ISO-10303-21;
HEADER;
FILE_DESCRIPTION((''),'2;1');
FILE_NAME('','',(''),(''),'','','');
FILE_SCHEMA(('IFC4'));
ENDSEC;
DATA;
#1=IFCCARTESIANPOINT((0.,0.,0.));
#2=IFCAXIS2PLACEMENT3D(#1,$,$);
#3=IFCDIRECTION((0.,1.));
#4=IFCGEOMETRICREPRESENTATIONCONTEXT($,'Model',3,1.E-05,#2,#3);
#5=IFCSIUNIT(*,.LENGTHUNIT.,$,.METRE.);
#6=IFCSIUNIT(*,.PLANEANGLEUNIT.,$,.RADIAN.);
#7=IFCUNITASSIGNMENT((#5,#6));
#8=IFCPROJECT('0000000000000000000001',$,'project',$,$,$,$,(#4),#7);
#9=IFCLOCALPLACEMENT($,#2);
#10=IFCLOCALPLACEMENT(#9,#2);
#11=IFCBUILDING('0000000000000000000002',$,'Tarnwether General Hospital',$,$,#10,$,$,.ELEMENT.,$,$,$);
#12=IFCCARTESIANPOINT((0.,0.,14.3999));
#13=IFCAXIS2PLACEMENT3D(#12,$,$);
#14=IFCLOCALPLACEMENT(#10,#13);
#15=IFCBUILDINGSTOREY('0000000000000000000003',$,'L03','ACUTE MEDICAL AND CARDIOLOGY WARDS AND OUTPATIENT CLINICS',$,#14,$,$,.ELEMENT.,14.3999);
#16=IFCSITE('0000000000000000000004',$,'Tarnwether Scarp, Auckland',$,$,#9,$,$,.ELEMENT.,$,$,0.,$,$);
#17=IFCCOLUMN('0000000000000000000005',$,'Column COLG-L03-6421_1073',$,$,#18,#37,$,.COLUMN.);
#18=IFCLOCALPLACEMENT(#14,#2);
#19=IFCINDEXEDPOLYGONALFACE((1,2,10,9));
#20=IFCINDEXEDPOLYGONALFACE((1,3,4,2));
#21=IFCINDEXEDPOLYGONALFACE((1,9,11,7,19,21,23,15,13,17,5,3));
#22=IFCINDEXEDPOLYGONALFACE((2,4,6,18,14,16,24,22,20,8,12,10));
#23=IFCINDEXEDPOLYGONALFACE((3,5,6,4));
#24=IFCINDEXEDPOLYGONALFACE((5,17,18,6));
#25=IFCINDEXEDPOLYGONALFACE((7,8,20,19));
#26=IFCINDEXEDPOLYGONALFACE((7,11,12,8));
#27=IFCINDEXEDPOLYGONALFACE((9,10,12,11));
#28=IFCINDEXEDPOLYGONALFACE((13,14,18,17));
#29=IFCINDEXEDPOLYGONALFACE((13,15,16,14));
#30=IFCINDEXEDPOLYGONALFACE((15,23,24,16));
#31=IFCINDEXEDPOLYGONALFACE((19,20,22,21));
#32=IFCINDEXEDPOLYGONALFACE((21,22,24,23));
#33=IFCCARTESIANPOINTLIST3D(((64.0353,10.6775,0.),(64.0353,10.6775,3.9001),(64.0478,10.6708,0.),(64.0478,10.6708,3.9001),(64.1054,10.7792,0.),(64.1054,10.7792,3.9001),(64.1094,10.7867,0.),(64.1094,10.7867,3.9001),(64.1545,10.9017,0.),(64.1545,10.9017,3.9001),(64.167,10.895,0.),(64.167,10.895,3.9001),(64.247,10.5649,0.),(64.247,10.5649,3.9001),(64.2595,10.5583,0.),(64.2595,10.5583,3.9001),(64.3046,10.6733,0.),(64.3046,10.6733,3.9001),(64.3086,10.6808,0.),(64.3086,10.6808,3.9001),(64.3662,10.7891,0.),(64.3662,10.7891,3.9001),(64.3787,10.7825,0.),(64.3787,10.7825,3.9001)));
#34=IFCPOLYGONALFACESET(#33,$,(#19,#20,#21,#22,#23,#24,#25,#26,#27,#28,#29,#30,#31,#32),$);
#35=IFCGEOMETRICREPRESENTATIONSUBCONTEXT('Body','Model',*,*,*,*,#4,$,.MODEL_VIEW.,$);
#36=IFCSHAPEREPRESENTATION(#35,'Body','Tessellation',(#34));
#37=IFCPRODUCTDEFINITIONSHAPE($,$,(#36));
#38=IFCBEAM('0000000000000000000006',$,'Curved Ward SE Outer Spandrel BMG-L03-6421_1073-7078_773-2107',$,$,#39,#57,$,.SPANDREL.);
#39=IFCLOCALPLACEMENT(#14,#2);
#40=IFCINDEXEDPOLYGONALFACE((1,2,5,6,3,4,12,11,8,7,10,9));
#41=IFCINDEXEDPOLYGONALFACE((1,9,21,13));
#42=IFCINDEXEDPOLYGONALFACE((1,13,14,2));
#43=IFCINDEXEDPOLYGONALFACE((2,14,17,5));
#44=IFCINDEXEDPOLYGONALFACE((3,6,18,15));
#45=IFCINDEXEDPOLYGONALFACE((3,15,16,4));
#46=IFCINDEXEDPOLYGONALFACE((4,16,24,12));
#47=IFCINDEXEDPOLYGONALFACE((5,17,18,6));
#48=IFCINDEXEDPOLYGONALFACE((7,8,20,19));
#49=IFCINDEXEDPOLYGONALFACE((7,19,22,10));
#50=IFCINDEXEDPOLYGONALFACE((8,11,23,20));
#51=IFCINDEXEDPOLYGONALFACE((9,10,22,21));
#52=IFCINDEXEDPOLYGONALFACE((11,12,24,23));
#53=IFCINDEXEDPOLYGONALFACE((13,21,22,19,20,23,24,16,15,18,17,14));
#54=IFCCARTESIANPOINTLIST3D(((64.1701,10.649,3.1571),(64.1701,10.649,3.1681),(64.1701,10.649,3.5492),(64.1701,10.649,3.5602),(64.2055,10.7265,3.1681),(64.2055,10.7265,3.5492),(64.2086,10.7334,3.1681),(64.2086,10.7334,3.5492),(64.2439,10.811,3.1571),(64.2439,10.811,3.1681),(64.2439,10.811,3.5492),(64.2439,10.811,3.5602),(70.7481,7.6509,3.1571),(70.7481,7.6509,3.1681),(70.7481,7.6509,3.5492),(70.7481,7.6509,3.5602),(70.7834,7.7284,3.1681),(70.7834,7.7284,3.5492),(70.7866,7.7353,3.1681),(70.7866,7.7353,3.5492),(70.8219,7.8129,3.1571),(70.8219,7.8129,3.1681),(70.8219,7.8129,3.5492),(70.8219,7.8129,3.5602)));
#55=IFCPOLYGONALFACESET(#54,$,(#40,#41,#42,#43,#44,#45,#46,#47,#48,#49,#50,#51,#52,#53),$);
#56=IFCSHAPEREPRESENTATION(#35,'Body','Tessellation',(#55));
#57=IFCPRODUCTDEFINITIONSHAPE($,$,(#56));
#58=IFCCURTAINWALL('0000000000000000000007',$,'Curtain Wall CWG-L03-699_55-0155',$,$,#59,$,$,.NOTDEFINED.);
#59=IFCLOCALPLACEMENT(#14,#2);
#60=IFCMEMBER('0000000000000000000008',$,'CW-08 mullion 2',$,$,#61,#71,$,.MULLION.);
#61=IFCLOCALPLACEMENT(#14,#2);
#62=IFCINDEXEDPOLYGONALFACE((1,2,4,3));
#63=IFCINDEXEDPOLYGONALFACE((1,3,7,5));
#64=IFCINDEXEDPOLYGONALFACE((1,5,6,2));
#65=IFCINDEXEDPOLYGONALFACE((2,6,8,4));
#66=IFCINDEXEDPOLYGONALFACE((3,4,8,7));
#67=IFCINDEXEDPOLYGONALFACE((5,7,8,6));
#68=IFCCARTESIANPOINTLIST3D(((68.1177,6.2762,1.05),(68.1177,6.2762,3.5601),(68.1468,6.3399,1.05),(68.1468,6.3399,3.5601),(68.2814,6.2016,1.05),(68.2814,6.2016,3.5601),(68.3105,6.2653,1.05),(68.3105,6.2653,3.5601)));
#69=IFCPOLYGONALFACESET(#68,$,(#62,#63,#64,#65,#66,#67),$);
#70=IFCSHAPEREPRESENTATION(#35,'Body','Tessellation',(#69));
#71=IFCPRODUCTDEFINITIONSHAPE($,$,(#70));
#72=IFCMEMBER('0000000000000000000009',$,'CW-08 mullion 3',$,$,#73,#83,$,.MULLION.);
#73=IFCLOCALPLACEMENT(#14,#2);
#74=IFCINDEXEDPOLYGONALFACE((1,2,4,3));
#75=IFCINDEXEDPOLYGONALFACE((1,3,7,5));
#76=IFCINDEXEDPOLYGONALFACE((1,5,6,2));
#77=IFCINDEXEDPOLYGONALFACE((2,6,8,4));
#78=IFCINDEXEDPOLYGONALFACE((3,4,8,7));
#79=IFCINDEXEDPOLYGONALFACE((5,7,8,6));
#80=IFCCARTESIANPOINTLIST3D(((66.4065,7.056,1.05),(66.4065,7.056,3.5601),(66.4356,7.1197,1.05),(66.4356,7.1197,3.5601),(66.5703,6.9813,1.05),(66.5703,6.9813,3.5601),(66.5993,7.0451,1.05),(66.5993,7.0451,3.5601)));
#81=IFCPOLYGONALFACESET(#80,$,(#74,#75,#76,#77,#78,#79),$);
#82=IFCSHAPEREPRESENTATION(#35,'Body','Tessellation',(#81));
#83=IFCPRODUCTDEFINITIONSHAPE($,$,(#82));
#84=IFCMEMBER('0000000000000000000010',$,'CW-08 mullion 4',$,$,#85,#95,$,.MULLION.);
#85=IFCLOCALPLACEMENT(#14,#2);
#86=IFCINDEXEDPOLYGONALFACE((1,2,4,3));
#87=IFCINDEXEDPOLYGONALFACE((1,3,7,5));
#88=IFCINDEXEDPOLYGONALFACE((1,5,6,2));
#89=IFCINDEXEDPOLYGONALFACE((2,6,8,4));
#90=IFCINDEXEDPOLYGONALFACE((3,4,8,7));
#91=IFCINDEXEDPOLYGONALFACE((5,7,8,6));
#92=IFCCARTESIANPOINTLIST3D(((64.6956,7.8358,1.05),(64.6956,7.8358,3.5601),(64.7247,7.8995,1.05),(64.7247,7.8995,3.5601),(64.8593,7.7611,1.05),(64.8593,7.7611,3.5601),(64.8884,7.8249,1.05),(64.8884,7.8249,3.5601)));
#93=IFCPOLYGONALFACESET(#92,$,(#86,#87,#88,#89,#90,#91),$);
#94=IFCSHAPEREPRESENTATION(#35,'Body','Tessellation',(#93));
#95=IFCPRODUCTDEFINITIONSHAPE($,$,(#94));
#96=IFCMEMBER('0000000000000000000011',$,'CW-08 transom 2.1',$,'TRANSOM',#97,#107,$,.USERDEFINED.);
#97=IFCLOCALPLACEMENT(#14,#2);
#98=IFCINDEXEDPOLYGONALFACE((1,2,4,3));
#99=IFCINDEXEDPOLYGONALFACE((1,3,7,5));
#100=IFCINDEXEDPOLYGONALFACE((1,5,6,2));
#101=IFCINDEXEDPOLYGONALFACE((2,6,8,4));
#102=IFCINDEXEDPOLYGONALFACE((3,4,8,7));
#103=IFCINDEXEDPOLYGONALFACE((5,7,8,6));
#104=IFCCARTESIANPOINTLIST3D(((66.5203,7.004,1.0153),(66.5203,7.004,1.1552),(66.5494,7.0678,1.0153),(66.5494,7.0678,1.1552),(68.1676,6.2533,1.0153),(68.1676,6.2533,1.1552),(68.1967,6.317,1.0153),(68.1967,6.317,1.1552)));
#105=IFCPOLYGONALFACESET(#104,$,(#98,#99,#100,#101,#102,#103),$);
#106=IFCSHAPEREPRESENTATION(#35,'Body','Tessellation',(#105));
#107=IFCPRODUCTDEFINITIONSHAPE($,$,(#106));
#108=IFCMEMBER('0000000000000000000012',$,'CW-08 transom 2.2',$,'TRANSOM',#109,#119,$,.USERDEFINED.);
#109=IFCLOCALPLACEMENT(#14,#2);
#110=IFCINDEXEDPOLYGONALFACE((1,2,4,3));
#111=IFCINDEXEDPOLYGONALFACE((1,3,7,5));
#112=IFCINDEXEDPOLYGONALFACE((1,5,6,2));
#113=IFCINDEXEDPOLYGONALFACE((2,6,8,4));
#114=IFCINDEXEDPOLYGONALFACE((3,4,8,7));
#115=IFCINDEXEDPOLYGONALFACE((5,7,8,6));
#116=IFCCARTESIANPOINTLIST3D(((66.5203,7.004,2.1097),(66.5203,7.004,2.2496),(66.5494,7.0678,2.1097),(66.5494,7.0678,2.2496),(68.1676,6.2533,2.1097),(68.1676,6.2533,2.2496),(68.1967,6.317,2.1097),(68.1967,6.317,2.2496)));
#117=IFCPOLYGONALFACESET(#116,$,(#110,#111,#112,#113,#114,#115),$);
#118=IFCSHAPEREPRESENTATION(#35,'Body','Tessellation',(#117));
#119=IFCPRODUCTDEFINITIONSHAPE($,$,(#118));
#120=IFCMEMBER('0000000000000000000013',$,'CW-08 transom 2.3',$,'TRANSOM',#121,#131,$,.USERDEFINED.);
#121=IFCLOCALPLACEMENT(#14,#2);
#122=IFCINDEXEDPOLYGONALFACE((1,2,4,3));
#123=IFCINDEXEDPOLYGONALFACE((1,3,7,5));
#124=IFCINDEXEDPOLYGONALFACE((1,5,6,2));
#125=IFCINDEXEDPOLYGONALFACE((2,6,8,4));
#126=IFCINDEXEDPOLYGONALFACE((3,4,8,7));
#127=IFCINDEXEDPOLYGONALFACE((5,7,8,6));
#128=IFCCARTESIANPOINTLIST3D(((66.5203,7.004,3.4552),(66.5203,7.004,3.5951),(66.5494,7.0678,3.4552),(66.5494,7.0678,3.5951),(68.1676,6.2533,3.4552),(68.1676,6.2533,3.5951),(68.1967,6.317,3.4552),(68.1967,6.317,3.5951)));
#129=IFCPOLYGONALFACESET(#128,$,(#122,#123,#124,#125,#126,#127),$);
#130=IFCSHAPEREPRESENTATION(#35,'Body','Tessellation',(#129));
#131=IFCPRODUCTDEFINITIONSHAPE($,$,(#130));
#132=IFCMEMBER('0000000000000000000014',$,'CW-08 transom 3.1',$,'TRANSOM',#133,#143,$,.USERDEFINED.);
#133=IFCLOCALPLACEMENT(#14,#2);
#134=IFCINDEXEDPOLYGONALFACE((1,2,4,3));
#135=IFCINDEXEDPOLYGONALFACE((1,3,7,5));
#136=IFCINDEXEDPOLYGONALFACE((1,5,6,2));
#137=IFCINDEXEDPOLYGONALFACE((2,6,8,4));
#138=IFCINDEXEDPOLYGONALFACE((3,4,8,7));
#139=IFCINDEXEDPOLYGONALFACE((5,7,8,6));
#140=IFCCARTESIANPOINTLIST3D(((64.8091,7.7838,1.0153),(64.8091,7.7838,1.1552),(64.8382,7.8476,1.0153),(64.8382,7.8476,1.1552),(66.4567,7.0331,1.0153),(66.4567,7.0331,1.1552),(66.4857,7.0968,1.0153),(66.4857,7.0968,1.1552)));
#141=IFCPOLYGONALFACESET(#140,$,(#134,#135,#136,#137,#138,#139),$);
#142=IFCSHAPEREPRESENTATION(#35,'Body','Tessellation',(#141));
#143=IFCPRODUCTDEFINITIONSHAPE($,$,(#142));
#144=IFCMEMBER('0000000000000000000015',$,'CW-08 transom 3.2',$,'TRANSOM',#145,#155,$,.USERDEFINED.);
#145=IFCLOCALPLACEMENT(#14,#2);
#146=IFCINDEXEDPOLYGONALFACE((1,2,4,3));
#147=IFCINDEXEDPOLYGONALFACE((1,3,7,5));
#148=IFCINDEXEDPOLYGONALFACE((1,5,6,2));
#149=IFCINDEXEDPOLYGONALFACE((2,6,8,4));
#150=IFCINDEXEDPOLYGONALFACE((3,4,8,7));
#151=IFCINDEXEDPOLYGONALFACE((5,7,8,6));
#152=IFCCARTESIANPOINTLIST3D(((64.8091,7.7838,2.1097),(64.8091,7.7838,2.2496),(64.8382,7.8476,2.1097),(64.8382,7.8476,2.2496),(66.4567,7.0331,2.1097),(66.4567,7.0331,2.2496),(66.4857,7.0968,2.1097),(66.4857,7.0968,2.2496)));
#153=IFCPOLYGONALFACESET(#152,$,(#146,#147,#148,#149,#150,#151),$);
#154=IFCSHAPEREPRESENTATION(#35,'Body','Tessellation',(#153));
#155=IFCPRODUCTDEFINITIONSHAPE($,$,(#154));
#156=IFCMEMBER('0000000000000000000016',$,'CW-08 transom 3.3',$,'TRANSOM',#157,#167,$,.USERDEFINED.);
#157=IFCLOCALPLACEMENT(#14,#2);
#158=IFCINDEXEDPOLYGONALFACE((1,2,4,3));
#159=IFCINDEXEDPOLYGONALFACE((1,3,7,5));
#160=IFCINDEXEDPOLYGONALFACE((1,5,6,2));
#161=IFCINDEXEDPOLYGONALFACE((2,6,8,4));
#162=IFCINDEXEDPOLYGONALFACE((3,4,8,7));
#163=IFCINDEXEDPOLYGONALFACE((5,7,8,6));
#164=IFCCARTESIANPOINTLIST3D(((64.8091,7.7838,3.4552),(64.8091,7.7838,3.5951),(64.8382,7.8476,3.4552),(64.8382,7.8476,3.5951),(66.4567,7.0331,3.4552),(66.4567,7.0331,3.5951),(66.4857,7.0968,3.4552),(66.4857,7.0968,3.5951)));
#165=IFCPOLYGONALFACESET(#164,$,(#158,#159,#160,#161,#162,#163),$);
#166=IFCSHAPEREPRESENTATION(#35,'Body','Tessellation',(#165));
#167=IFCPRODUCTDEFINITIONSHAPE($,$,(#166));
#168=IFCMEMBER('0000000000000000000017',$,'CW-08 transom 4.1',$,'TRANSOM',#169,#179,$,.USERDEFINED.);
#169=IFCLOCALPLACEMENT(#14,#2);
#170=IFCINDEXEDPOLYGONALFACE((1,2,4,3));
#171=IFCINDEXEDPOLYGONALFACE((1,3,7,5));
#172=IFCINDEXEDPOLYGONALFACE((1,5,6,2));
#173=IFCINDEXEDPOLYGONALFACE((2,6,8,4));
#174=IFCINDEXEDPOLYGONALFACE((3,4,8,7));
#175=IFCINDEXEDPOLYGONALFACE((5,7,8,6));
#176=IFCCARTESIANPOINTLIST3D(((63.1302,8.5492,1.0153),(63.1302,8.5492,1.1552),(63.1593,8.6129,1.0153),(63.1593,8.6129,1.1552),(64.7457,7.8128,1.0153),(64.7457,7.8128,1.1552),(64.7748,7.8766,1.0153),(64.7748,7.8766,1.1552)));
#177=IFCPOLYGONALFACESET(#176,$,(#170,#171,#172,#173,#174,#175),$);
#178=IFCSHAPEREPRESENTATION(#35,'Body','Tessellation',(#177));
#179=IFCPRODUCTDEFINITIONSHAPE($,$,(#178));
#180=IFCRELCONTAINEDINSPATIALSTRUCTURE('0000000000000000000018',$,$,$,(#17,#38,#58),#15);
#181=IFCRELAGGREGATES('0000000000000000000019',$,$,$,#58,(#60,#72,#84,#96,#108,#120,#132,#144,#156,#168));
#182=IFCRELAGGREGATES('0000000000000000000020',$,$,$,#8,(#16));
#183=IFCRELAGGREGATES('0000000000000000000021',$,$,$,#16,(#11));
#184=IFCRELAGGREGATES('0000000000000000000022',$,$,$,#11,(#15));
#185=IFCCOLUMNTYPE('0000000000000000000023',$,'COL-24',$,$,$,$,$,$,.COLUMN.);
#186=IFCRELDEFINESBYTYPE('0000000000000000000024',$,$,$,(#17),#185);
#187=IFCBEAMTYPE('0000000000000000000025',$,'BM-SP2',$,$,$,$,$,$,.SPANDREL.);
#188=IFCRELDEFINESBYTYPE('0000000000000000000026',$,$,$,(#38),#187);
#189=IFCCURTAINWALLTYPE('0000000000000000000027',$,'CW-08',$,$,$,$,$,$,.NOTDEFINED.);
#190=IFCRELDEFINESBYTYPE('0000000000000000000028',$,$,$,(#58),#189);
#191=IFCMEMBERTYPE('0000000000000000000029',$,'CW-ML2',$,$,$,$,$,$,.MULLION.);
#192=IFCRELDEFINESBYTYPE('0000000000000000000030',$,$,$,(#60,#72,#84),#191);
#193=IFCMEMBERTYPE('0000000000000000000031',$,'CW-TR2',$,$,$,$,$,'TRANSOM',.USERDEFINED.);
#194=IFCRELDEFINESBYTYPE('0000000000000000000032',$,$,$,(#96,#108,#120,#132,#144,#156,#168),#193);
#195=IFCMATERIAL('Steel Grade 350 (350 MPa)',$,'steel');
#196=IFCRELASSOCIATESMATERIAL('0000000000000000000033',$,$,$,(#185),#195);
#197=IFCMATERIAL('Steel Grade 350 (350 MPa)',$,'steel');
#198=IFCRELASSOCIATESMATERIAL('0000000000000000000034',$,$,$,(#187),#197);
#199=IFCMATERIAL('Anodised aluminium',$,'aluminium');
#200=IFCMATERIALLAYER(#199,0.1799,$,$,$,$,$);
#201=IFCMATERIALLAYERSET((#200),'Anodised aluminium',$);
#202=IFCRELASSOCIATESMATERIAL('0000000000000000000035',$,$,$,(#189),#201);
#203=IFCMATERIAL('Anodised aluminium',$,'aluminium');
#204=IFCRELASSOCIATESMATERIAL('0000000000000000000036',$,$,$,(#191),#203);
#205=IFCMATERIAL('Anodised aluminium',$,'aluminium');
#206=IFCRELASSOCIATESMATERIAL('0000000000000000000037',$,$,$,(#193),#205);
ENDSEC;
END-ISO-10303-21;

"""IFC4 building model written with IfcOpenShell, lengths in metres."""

from ifc_helpers import new_model, si_unit, direction, frame, origin, origin_2d, place, context, subcontext, project, spatial, rectangle, i_section, extrude, material, layer, layer_set, material_profile, profile_set, type_object, element, aggregate, save


model = new_model("IFC4")

# Units and contexts
model_context = context("Model", 3, precision=1e-05, world=origin(), true_north=direction((0.0, 1.0)))
body_context = subcontext(model_context, "Body", "Model", "MODEL_VIEW")
ifc_project = project(units=[si_unit("LENGTHUNIT", "METRE"), si_unit("PLANEANGLEUNIT", "RADIAN")], contexts=[model_context])

# Site, building, storey
site_placement = place(None, origin())
site = spatial("IfcSite", under=ifc_project, at=site_placement, Name="Tarnwether Scarp, Auckland", CompositionType="ELEMENT", RefElevation=0.0)
building_placement = place(site_placement, origin())
building = spatial("IfcBuilding", under=site, at=building_placement, Name="Tarnwether General Hospital", CompositionType="ELEMENT")
storey_placement = place(building_placement, frame((0.0, 0.0, 14.3999)))
storey = spatial("IfcBuildingStorey", under=building, at=storey_placement, Name="L03", Description="ACUTE MEDICAL AND CARDIOLOGY WARDS AND OUTPATIENT CLINICS", CompositionType="ELEMENT", Elevation=14.3999)

# Column
ifc_material_1 = material(Name="Steel Grade 350 (350 MPa)", Category="steel")
ifc_material_profile_1 = material_profile(ifc_material_1, i_section(OverallWidth=0.2539, OverallDepth=0.2539, WebThickness=0.0085, FlangeThickness=0.0142, at=origin_2d()), Name="250UC72.9")
ifc_profile_set_1 = profile_set([ifc_material_profile_1], Name="Steel Grade 350 (350 MPa)")
column_type = type_object("IfcColumnType", Name="COL-24", PredefinedType="COLUMN", material=ifc_profile_set_1)
column_placement = place(storey_placement, frame((64.207, 10.73, 0.0), z_axis=(0.0, 0.0, 1.0), x_axis=(0.469472, 0.882948, 0.0)))
element("IfcColumn", 1, at=column_placement, inside=storey, type_object=column_type, Name="Column COLG-L03-6421_1073", PredefinedType="COLUMN", context=body_context, shape_type="SweptSolid", body=[
    extrude(i_section(OverallWidth=0.2539, OverallDepth=0.2539, WebThickness=0.0085, FlangeThickness=0.0142, at=origin_2d()), origin(), (0.0, 0.0, 1.0), 3.9001),
])

# Beam
ifc_material_2 = material(Name="Steel Grade 350 (350 MPa)", Category="steel")
ifc_material_profile_2 = material_profile(ifc_material_2, i_section(OverallWidth=0.178, OverallDepth=0.4031, WebThickness=0.0076, FlangeThickness=0.011, at=origin_2d()), Name="410UB53.7")
ifc_profile_set_2 = profile_set([ifc_material_profile_2], Name="Steel Grade 350 (350 MPa)")
beam_type = type_object("IfcBeamType", Name="BM-SP2", PredefinedType="SPANDREL", material=ifc_profile_set_2)
beam_placement = place(storey_placement, frame((64.207, 10.73, 3.3586), z_axis=(0.909944, -0.414731, 0.0), x_axis=(0.414731, 0.909944, 0.0)))
element("IfcBeam", 2, at=beam_placement, inside=storey, type_object=beam_type, Name="Curved Ward SE Outer Spandrel BMG-L03-6421_1073-7078_773-2107", PredefinedType="SPANDREL", context=body_context, shape_type="SweptSolid", body=[
    extrude(i_section(OverallWidth=0.178, OverallDepth=0.4031, WebThickness=0.0076, FlangeThickness=0.011, at=origin_2d()), origin(), (0.0, 0.0, 1.0), 7.229),
])

# Curtain wall, members
ifc_material_3 = material(Name="Anodised aluminium", Category="aluminium")
ifc_layer_1 = layer(ifc_material_3, 0.1799)
ifc_layer_set_1 = layer_set([ifc_layer_1], Name="Anodised aluminium")
curtain_wall_type = type_object("IfcCurtainWallType", Name="CW-08", PredefinedType="NOTDEFINED", material=ifc_layer_set_1)
curtain_wall_placement = place(storey_placement, origin())
curtain_wall = element("IfcCurtainWall", 3, at=curtain_wall_placement, inside=storey, type_object=curtain_wall_type, Name="Curtain Wall CWG-L03-699_55-0155", PredefinedType="NOTDEFINED")
ifc_material_4 = material(Name="Anodised aluminium", Category="aluminium")
ifc_material_profile_3 = material_profile(ifc_material_4, rectangle(XDim=0.0701, YDim=0.1799, at=origin_2d()), Name="ALU-MUL-70x180")
ifc_profile_set_3 = profile_set([ifc_material_profile_3], Name="Anodised aluminium")
member_type_1 = type_object("IfcMemberType", Name="CW-ML2", PredefinedType="MULLION", material=ifc_profile_set_3)
member_1_placement = place(storey_placement, frame((68.2141, 6.2708, 1.05), z_axis=(0.0, 0.0, 1.0), x_axis=(-0.414694, -0.909961, 0.0)))
member_1 = element("IfcMember", 4, at=member_1_placement, type_object=member_type_1, Name="CW-08 mullion 2", PredefinedType="MULLION", context=body_context, shape_type="SweptSolid", body=[
    extrude(rectangle(XDim=0.0701, YDim=0.1799, at=origin_2d()), origin(), (0.0, 0.0, 1.0), 2.51),
])
member_2_placement = place(storey_placement, frame((66.5029, 7.0505, 1.05), z_axis=(0.0, 0.0, 1.0), x_axis=(-0.414694, -0.909961, 0.0)))
member_2 = element("IfcMember", 5, at=member_2_placement, type_object=member_type_1, Name="CW-08 mullion 3", PredefinedType="MULLION", context=body_context, shape_type="SweptSolid", body=[
    extrude(rectangle(XDim=0.0701, YDim=0.1799, at=origin_2d()), origin(), (0.0, 0.0, 1.0), 2.51),
])
member_3_placement = place(storey_placement, frame((64.792, 7.8303, 1.05), z_axis=(0.0, 0.0, 1.0), x_axis=(-0.414694, -0.909961, 0.0)))
member_3 = element("IfcMember", 6, at=member_3_placement, type_object=member_type_1, Name="CW-08 mullion 4", PredefinedType="MULLION", context=body_context, shape_type="SweptSolid", body=[
    extrude(rectangle(XDim=0.0701, YDim=0.1799, at=origin_2d()), origin(), (0.0, 0.0, 1.0), 2.51),
])
ifc_material_5 = material(Name="Anodised aluminium", Category="aluminium")
ifc_material_profile_4 = material_profile(ifc_material_5, rectangle(XDim=0.0701, YDim=0.1399, at=origin_2d()), Name="ALU-TRN-70x140")
ifc_profile_set_4 = profile_set([ifc_material_profile_4], Name="Anodised aluminium")
member_type_2 = type_object("IfcMemberType", Name="CW-TR2", ElementType="TRANSOM", PredefinedType="USERDEFINED", material=ifc_profile_set_4)
member_4_placement = place(storey_placement, frame((68.1821, 6.2852, 1.0852), z_axis=(-0.90995, 0.414717, 0.0), x_axis=(-0.414717, -0.90995, 0.0)))
member_4 = element("IfcMember", 7, at=member_4_placement, type_object=member_type_2, Name="CW-08 transom 2.1", ObjectType="TRANSOM", PredefinedType="USERDEFINED", context=body_context, shape_type="SweptSolid", body=[
    extrude(rectangle(XDim=0.0701, YDim=0.1399, at=origin_2d()), origin(), (0.0, 0.0, 1.0), 1.8103),
])
member_5_placement = place(storey_placement, frame((68.1821, 6.2852, 2.1797), z_axis=(-0.90995, 0.414717, 0.0), x_axis=(-0.414717, -0.90995, 0.0)))
member_5 = element("IfcMember", 8, at=member_5_placement, type_object=member_type_2, Name="CW-08 transom 2.2", ObjectType="TRANSOM", PredefinedType="USERDEFINED", context=body_context, shape_type="SweptSolid", body=[
    extrude(rectangle(XDim=0.0701, YDim=0.1399, at=origin_2d()), origin(), (0.0, 0.0, 1.0), 1.8103),
])
member_6_placement = place(storey_placement, frame((68.1821, 6.2852, 3.5251), z_axis=(-0.90995, 0.414717, 0.0), x_axis=(-0.414717, -0.90995, 0.0)))
member_6 = element("IfcMember", 9, at=member_6_placement, type_object=member_type_2, Name="CW-08 transom 2.3", ObjectType="TRANSOM", PredefinedType="USERDEFINED", context=body_context, shape_type="SweptSolid", body=[
    extrude(rectangle(XDim=0.0701, YDim=0.1399, at=origin_2d()), origin(), (0.0, 0.0, 1.0), 1.8103),
])
member_7_placement = place(storey_placement, frame((66.4712, 7.0649, 1.0852), z_axis=(-0.909974, 0.414666, 0.0), x_axis=(-0.414666, -0.909974, 0.0)))
member_7 = element("IfcMember", 10, at=member_7_placement, type_object=member_type_2, Name="CW-08 transom 3.1", ObjectType="TRANSOM", PredefinedType="USERDEFINED", context=body_context, shape_type="SweptSolid", body=[
    extrude(rectangle(XDim=0.0701, YDim=0.1399, at=origin_2d()), origin(), (0.0, 0.0, 1.0), 1.8105),
])
member_8_placement = place(storey_placement, frame((66.4712, 7.0649, 2.1797), z_axis=(-0.909974, 0.414666, 0.0), x_axis=(-0.414666, -0.909974, 0.0)))
member_8 = element("IfcMember", 11, at=member_8_placement, type_object=member_type_2, Name="CW-08 transom 3.2", ObjectType="TRANSOM", PredefinedType="USERDEFINED", context=body_context, shape_type="SweptSolid", body=[
    extrude(rectangle(XDim=0.0701, YDim=0.1399, at=origin_2d()), origin(), (0.0, 0.0, 1.0), 1.8105),
])
member_9_placement = place(storey_placement, frame((66.4712, 7.0649, 3.5251), z_axis=(-0.909974, 0.414666, 0.0), x_axis=(-0.414666, -0.909974, 0.0)))
member_9 = element("IfcMember", 12, at=member_9_placement, type_object=member_type_2, Name="CW-08 transom 3.3", ObjectType="TRANSOM", PredefinedType="USERDEFINED", context=body_context, shape_type="SweptSolid", body=[
    extrude(rectangle(XDim=0.0701, YDim=0.1399, at=origin_2d()), origin(), (0.0, 0.0, 1.0), 1.8105),
])
member_10_placement = place(storey_placement, frame((64.7603, 7.8447, 1.0852), z_axis=(-0.909937, 0.414746, 0.0), x_axis=(-0.414746, -0.909937, 0.0)))
member_10 = element("IfcMember", 13, at=member_10_placement, type_object=member_type_2, Name="CW-08 transom 4.1", ObjectType="TRANSOM", PredefinedType="USERDEFINED", context=body_context, shape_type="SweptSolid", body=[
    extrude(rectangle(XDim=0.0701, YDim=0.1399, at=origin_2d()), origin(), (0.0, 0.0, 1.0), 1.7754),
])
aggregate(curtain_wall, [member_1, member_2, member_3, member_4, member_5, member_6, member_7, member_8, member_9, member_10])

save(model, "model.ifc")
